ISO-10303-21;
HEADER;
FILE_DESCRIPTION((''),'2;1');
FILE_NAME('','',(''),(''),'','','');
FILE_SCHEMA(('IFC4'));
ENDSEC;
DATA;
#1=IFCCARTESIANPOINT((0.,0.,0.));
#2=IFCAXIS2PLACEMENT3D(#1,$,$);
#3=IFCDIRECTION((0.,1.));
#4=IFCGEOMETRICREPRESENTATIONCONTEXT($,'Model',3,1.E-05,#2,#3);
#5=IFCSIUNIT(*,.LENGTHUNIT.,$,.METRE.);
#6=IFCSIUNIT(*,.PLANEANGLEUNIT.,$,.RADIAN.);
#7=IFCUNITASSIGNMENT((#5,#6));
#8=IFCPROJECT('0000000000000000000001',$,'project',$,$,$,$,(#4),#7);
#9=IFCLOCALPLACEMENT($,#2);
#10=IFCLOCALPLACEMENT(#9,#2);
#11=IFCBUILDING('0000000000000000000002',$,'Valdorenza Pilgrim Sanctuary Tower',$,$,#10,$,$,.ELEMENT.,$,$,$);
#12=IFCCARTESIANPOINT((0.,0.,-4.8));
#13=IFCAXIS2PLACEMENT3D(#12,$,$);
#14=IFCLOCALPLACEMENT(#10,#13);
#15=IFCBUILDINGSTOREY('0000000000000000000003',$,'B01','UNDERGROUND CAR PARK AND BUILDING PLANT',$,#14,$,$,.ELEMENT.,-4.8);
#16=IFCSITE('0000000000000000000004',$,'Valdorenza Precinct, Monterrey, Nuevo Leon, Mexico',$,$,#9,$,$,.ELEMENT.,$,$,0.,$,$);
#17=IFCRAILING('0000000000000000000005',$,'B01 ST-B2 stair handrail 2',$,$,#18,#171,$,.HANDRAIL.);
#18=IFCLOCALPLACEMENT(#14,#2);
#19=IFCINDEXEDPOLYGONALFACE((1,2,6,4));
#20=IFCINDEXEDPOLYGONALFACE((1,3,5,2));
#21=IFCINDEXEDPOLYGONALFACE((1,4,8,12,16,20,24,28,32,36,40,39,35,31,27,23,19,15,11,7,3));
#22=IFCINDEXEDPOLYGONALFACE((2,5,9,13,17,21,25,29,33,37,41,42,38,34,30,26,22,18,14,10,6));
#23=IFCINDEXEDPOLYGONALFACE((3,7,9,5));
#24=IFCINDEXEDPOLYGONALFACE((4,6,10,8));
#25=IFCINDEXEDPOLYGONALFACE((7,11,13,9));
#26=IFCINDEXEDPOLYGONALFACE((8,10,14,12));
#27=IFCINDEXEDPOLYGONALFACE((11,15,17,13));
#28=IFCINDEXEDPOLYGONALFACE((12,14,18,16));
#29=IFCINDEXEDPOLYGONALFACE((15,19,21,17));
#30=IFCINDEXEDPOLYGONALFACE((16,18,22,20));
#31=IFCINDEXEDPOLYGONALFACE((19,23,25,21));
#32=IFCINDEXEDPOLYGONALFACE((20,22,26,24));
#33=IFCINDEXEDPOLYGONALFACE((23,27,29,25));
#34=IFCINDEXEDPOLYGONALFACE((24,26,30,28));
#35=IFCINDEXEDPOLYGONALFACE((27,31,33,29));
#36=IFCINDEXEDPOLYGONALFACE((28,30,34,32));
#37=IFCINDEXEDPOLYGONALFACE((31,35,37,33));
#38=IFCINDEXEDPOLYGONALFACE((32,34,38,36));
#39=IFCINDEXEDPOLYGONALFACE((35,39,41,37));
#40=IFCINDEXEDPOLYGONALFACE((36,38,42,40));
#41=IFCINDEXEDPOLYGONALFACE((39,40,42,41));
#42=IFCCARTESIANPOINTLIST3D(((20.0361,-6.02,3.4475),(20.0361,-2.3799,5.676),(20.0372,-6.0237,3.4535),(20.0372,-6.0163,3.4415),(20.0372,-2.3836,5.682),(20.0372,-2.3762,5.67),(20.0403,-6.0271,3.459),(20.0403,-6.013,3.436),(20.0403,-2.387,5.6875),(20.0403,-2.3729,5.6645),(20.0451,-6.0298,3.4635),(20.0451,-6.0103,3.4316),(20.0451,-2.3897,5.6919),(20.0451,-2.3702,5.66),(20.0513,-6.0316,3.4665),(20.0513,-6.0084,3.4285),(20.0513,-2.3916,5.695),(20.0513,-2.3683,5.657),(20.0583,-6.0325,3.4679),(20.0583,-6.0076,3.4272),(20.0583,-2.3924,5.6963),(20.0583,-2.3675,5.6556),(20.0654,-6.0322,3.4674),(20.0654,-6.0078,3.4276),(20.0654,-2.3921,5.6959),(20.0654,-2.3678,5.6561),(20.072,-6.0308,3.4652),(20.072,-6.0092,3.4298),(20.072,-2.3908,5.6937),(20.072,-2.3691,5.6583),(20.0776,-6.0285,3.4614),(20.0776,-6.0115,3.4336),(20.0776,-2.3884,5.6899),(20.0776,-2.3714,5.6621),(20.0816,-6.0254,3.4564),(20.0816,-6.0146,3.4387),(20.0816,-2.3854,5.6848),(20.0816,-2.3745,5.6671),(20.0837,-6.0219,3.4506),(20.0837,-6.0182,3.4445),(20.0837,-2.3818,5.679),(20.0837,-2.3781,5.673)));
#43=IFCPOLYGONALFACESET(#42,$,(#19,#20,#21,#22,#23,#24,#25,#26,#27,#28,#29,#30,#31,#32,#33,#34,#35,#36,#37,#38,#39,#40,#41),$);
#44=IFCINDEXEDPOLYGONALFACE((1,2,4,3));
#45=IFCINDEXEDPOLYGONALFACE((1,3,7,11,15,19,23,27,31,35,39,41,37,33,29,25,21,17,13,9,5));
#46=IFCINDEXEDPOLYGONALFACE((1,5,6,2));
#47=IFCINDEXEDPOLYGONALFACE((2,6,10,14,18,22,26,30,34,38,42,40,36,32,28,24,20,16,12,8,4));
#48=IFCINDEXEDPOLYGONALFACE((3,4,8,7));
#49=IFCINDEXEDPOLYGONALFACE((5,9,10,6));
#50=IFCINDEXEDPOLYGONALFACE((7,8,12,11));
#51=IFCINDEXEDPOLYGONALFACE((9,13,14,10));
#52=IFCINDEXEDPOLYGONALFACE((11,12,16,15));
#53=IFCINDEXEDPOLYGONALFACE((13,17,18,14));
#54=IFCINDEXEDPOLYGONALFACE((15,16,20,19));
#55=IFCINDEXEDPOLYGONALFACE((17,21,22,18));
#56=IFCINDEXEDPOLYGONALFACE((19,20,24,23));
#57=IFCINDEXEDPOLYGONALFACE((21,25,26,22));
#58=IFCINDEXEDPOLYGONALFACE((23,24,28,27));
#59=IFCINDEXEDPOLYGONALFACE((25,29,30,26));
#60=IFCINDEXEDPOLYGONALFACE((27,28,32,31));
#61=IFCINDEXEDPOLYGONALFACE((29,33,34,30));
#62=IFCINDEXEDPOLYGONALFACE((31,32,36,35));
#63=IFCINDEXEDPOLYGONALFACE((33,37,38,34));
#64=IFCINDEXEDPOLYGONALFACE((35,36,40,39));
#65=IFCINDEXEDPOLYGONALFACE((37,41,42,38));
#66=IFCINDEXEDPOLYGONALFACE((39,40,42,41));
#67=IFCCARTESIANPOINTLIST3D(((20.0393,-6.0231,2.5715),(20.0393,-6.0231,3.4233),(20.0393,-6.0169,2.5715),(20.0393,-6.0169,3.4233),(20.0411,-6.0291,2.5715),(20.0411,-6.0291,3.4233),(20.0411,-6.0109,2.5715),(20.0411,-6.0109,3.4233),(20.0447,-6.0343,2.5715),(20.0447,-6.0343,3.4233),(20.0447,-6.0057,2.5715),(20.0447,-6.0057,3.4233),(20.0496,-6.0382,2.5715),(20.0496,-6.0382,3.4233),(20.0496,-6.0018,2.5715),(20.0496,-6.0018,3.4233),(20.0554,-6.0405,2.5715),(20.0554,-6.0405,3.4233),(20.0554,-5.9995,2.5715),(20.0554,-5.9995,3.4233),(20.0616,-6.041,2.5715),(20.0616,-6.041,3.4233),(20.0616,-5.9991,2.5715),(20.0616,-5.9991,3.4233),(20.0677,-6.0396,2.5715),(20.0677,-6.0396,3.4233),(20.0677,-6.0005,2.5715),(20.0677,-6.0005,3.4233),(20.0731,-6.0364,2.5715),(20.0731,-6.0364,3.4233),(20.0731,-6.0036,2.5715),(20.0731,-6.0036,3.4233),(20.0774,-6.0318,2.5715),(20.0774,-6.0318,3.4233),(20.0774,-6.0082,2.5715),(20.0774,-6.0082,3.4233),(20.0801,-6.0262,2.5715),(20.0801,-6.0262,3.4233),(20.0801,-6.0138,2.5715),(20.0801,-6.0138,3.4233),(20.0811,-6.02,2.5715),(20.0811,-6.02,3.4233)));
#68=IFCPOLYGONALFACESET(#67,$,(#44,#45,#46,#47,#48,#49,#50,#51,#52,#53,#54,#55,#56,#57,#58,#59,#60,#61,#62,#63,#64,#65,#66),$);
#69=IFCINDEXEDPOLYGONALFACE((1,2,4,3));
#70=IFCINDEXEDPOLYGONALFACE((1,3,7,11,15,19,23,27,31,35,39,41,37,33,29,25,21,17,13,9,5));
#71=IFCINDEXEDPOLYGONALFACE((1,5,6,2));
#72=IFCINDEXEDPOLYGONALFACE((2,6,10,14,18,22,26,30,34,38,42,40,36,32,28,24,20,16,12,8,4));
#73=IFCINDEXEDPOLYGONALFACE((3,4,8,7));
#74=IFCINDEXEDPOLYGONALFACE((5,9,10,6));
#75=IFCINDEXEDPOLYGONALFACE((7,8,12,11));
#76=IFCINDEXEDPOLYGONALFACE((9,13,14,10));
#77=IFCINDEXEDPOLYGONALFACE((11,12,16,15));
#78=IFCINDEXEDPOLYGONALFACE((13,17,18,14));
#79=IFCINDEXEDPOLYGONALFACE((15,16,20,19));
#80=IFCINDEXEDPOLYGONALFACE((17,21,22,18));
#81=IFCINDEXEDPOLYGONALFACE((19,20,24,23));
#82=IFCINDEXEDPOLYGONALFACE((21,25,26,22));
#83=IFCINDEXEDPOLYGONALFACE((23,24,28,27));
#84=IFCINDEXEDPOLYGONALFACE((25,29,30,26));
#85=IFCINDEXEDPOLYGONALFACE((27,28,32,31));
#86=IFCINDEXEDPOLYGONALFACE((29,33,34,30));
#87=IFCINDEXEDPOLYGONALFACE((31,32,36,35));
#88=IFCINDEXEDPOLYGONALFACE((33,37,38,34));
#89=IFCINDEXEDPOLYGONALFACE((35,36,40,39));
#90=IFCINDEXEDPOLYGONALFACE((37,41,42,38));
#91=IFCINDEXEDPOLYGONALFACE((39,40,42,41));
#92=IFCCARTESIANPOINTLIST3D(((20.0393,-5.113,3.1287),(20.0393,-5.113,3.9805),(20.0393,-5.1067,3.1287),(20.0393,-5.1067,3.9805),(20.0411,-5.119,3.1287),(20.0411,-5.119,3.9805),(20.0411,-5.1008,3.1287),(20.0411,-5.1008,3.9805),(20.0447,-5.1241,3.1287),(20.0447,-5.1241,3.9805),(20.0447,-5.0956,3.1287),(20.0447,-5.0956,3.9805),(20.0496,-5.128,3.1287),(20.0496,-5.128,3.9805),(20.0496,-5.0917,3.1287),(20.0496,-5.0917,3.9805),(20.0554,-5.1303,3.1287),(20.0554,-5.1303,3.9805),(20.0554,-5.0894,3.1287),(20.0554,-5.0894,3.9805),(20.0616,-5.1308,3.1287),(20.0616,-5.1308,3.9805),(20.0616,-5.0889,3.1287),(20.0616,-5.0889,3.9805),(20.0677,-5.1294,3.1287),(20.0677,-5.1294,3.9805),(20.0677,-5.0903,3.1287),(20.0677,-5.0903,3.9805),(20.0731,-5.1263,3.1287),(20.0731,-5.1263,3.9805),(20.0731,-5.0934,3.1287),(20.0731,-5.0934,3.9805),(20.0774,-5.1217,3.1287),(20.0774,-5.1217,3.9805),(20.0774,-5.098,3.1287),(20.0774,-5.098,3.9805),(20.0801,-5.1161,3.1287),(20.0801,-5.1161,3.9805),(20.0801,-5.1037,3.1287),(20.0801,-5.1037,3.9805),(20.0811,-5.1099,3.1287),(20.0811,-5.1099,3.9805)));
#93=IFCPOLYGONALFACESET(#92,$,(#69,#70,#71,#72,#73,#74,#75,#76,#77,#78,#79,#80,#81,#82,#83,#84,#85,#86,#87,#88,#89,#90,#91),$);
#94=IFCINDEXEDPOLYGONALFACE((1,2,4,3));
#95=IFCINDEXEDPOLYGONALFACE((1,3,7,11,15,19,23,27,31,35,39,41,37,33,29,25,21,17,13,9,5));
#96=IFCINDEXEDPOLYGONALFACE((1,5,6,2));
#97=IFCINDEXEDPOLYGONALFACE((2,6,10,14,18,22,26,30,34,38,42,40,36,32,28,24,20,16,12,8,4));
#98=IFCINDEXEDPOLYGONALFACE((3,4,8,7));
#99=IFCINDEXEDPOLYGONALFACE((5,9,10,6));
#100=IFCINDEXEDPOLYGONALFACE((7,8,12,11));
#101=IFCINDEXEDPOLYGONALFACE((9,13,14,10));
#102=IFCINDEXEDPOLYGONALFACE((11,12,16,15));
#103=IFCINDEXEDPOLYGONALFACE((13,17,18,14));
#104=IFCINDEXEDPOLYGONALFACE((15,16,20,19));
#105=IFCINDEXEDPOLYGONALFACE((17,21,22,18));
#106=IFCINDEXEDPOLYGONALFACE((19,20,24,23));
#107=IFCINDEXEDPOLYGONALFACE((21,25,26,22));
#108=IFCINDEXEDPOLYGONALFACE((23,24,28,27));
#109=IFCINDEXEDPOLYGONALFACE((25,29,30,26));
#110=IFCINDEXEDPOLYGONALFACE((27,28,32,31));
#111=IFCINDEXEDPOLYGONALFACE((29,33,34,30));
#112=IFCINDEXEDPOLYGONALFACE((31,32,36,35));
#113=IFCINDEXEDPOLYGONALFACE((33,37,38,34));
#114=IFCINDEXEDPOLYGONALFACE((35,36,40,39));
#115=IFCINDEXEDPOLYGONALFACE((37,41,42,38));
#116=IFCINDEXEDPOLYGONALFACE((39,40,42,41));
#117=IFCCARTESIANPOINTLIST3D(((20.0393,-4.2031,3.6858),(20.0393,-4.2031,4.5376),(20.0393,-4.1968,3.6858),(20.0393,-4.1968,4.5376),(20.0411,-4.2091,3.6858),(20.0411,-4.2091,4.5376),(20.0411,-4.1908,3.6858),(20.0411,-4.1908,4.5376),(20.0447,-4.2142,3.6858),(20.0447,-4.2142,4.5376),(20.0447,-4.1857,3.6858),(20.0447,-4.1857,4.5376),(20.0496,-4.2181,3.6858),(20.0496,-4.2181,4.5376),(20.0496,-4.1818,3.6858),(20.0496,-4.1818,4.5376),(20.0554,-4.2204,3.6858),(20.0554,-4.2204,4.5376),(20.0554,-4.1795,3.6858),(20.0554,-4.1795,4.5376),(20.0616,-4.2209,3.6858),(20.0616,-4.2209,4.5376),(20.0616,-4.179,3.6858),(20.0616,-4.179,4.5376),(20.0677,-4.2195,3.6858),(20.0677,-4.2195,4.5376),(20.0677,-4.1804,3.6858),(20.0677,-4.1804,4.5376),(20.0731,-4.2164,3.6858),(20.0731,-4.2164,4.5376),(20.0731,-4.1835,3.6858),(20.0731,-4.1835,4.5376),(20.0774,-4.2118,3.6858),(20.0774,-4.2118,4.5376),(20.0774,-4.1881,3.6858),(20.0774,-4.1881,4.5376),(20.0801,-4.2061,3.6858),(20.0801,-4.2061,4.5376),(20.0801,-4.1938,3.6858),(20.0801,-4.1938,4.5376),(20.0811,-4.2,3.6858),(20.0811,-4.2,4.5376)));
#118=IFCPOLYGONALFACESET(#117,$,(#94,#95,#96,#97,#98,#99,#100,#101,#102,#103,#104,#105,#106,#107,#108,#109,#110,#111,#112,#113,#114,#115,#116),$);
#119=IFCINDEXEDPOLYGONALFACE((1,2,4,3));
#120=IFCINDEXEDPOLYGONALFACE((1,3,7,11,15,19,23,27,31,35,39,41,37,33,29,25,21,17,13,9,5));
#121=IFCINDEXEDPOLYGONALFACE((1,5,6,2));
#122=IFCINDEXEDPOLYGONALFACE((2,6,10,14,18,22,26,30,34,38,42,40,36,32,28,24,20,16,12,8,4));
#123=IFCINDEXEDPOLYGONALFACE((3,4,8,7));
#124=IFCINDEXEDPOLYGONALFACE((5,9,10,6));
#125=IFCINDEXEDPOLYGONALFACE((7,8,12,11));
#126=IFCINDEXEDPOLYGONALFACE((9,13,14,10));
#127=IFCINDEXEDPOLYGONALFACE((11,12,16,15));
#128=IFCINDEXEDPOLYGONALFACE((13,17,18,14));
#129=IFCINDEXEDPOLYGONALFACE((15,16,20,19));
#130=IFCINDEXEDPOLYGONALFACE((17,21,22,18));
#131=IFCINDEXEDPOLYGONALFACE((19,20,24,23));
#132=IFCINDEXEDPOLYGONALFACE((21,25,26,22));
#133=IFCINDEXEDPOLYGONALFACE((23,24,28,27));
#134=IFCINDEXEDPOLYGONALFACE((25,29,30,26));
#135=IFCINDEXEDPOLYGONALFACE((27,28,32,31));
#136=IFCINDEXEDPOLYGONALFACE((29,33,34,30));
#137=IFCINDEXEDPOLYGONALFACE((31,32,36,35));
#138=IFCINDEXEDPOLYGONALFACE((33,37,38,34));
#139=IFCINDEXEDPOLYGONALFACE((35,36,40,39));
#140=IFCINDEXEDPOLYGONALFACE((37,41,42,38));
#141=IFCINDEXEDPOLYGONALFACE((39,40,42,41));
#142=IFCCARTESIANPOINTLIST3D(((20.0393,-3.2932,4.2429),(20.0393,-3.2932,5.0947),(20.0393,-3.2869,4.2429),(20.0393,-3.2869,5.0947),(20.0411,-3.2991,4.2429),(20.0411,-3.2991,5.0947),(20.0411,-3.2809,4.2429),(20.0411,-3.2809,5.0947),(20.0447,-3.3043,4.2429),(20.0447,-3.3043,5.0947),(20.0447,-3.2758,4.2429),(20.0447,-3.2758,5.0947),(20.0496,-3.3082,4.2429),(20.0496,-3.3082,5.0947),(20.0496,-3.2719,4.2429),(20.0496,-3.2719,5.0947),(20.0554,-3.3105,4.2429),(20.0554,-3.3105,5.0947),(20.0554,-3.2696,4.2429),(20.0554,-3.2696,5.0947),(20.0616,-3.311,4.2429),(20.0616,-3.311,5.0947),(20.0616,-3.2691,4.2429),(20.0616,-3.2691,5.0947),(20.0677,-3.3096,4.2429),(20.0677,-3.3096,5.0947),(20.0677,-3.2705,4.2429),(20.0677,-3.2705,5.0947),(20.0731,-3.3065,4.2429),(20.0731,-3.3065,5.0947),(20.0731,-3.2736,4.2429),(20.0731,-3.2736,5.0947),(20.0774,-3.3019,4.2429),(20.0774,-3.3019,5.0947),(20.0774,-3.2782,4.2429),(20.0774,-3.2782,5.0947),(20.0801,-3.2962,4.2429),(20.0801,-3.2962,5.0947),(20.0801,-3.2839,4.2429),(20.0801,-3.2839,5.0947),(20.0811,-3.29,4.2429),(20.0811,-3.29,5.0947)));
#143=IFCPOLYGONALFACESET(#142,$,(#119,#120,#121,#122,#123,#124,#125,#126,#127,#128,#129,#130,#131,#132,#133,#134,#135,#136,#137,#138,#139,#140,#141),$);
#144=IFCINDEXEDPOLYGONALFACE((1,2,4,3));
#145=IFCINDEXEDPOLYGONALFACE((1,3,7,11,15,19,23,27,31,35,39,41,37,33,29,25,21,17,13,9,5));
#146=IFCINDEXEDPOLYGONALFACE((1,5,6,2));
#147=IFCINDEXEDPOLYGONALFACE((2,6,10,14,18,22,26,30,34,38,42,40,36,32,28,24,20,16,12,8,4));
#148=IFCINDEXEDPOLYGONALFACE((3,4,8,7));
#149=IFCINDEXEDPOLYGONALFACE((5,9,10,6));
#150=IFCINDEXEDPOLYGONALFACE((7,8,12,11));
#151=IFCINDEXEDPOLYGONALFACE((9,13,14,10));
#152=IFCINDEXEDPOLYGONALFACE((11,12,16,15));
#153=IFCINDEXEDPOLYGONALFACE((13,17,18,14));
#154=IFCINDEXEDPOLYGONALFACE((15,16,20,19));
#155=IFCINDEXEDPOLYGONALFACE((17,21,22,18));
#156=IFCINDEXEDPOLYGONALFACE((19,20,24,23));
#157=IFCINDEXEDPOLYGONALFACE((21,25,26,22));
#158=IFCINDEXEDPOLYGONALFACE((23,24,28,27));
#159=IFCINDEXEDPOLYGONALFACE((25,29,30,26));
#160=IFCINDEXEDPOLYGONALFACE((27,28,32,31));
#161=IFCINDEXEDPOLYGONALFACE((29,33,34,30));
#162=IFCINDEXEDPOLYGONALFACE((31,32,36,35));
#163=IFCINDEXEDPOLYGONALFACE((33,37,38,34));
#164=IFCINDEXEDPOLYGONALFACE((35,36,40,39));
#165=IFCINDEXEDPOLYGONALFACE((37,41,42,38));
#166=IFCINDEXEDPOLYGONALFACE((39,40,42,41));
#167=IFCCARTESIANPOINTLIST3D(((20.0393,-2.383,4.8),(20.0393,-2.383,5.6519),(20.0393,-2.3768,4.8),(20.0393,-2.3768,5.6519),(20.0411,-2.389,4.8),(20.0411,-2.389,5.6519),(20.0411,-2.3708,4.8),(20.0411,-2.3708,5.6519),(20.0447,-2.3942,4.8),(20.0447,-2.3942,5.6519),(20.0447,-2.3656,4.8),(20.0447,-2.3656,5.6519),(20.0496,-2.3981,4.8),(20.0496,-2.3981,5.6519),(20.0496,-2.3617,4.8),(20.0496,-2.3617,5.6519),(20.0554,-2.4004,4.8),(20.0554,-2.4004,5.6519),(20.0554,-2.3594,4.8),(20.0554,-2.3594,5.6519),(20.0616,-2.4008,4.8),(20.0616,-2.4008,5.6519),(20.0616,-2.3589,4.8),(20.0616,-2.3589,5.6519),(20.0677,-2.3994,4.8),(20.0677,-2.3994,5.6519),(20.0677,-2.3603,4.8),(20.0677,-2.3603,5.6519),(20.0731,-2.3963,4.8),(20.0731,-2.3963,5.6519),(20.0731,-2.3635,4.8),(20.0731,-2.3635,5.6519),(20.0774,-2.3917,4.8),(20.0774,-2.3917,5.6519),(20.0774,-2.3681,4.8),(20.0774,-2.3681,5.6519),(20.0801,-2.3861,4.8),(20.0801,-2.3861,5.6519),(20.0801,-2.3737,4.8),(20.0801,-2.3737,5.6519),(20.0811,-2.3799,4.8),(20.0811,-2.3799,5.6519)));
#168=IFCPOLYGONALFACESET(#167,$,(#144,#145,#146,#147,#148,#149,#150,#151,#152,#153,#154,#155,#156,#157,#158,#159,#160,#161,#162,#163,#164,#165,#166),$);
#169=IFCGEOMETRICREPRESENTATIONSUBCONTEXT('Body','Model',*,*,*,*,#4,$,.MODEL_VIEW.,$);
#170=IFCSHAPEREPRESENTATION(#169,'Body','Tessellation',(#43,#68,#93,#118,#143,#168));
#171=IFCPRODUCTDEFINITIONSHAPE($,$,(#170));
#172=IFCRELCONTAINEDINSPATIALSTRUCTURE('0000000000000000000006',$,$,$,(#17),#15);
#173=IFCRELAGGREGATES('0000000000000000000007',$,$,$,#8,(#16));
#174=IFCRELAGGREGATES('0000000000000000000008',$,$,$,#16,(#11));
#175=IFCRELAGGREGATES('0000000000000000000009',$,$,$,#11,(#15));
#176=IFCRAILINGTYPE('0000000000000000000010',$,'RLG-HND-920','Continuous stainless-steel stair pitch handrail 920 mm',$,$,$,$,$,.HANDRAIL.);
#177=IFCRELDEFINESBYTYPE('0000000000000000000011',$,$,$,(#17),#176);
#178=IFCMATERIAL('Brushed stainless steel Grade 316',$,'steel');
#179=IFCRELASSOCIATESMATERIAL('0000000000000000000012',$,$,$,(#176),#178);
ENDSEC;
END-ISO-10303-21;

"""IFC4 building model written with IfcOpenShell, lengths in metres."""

from ifc_helpers import new_model, si_unit, direction, frame, origin, origin_2d, place, context, subcontext, project, spatial, circle, extrude, material, type_object, element, save


model = new_model("IFC4")

# Units and contexts
model_context = context("Model", 3, precision=1e-05, world=origin(), true_north=direction((0.0, 1.0)))
body_context = subcontext(model_context, "Body", "Model", "MODEL_VIEW")
ifc_project = project(units=[si_unit("LENGTHUNIT", "METRE"), si_unit("PLANEANGLEUNIT", "RADIAN")], contexts=[model_context])

# Site, building, storey
site_placement = place(None, origin())
site = spatial("IfcSite", under=ifc_project, at=site_placement, Name="Valdorenza Precinct, Monterrey, Nuevo Leon, Mexico", CompositionType="ELEMENT", RefElevation=0.0)
building_placement = place(site_placement, origin())
building = spatial("IfcBuilding", under=site, at=building_placement, Name="Valdorenza Pilgrim Sanctuary Tower", CompositionType="ELEMENT")
storey_placement = place(building_placement, frame((0.0, 0.0, -4.8)))
storey = spatial("IfcBuildingStorey", under=building, at=storey_placement, Name="B01", Description="UNDERGROUND CAR PARK AND BUILDING PLANT", CompositionType="ELEMENT", Elevation=-4.8)

# Railing
ifc_material_1 = material(Name="Brushed stainless steel Grade 316", Category="steel")
railing_type_1 = type_object("IfcRailingType", Name="RLG-HND-920", Description="Continuous stainless-steel stair pitch handrail 920 mm", PredefinedType="HANDRAIL", material=ifc_material_1)
railing_1_placement = place(storey_placement, frame((20.0601, -6.02, 2.5715)))
element("IfcRailing", 1, at=railing_1_placement, inside=storey, type_object=railing_type_1, Name="B01 ST-B2 stair handrail 2", PredefinedType="HANDRAIL", context=body_context, shape_type="SweptSolid", body=[
    extrude(circle(Radius=0.0239, at=origin_2d()), frame((0.0, 0.0, 0.876), z_axis=(0.0, 0.852866, 0.52213), x_axis=(-1.0, 0.0, 0.0)), (0.0, 0.0, 1.0), 4.2681),
    extrude(circle(Radius=0.021, at=origin_2d()), origin(), (0.0, 0.0, 1.0), 0.8518),
    extrude(circle(Radius=0.021, at=origin_2d()), frame((0.0, 0.9102, 0.5571)), (0.0, 0.0, 1.0), 0.8518),
    extrude(circle(Radius=0.021, at=origin_2d()), frame((0.0, 1.8201, 1.1143)), (0.0, 0.0, 1.0), 0.8518),
    extrude(circle(Radius=0.021, at=origin_2d()), frame((0.0, 2.73, 1.6714)), (0.0, 0.0, 1.0), 0.8518),
    extrude(circle(Radius=0.021, at=origin_2d()), frame((0.0, 3.6401, 2.2285)), (0.0, 0.0, 1.0), 0.8518),
])

save(model, "model.ifc")
